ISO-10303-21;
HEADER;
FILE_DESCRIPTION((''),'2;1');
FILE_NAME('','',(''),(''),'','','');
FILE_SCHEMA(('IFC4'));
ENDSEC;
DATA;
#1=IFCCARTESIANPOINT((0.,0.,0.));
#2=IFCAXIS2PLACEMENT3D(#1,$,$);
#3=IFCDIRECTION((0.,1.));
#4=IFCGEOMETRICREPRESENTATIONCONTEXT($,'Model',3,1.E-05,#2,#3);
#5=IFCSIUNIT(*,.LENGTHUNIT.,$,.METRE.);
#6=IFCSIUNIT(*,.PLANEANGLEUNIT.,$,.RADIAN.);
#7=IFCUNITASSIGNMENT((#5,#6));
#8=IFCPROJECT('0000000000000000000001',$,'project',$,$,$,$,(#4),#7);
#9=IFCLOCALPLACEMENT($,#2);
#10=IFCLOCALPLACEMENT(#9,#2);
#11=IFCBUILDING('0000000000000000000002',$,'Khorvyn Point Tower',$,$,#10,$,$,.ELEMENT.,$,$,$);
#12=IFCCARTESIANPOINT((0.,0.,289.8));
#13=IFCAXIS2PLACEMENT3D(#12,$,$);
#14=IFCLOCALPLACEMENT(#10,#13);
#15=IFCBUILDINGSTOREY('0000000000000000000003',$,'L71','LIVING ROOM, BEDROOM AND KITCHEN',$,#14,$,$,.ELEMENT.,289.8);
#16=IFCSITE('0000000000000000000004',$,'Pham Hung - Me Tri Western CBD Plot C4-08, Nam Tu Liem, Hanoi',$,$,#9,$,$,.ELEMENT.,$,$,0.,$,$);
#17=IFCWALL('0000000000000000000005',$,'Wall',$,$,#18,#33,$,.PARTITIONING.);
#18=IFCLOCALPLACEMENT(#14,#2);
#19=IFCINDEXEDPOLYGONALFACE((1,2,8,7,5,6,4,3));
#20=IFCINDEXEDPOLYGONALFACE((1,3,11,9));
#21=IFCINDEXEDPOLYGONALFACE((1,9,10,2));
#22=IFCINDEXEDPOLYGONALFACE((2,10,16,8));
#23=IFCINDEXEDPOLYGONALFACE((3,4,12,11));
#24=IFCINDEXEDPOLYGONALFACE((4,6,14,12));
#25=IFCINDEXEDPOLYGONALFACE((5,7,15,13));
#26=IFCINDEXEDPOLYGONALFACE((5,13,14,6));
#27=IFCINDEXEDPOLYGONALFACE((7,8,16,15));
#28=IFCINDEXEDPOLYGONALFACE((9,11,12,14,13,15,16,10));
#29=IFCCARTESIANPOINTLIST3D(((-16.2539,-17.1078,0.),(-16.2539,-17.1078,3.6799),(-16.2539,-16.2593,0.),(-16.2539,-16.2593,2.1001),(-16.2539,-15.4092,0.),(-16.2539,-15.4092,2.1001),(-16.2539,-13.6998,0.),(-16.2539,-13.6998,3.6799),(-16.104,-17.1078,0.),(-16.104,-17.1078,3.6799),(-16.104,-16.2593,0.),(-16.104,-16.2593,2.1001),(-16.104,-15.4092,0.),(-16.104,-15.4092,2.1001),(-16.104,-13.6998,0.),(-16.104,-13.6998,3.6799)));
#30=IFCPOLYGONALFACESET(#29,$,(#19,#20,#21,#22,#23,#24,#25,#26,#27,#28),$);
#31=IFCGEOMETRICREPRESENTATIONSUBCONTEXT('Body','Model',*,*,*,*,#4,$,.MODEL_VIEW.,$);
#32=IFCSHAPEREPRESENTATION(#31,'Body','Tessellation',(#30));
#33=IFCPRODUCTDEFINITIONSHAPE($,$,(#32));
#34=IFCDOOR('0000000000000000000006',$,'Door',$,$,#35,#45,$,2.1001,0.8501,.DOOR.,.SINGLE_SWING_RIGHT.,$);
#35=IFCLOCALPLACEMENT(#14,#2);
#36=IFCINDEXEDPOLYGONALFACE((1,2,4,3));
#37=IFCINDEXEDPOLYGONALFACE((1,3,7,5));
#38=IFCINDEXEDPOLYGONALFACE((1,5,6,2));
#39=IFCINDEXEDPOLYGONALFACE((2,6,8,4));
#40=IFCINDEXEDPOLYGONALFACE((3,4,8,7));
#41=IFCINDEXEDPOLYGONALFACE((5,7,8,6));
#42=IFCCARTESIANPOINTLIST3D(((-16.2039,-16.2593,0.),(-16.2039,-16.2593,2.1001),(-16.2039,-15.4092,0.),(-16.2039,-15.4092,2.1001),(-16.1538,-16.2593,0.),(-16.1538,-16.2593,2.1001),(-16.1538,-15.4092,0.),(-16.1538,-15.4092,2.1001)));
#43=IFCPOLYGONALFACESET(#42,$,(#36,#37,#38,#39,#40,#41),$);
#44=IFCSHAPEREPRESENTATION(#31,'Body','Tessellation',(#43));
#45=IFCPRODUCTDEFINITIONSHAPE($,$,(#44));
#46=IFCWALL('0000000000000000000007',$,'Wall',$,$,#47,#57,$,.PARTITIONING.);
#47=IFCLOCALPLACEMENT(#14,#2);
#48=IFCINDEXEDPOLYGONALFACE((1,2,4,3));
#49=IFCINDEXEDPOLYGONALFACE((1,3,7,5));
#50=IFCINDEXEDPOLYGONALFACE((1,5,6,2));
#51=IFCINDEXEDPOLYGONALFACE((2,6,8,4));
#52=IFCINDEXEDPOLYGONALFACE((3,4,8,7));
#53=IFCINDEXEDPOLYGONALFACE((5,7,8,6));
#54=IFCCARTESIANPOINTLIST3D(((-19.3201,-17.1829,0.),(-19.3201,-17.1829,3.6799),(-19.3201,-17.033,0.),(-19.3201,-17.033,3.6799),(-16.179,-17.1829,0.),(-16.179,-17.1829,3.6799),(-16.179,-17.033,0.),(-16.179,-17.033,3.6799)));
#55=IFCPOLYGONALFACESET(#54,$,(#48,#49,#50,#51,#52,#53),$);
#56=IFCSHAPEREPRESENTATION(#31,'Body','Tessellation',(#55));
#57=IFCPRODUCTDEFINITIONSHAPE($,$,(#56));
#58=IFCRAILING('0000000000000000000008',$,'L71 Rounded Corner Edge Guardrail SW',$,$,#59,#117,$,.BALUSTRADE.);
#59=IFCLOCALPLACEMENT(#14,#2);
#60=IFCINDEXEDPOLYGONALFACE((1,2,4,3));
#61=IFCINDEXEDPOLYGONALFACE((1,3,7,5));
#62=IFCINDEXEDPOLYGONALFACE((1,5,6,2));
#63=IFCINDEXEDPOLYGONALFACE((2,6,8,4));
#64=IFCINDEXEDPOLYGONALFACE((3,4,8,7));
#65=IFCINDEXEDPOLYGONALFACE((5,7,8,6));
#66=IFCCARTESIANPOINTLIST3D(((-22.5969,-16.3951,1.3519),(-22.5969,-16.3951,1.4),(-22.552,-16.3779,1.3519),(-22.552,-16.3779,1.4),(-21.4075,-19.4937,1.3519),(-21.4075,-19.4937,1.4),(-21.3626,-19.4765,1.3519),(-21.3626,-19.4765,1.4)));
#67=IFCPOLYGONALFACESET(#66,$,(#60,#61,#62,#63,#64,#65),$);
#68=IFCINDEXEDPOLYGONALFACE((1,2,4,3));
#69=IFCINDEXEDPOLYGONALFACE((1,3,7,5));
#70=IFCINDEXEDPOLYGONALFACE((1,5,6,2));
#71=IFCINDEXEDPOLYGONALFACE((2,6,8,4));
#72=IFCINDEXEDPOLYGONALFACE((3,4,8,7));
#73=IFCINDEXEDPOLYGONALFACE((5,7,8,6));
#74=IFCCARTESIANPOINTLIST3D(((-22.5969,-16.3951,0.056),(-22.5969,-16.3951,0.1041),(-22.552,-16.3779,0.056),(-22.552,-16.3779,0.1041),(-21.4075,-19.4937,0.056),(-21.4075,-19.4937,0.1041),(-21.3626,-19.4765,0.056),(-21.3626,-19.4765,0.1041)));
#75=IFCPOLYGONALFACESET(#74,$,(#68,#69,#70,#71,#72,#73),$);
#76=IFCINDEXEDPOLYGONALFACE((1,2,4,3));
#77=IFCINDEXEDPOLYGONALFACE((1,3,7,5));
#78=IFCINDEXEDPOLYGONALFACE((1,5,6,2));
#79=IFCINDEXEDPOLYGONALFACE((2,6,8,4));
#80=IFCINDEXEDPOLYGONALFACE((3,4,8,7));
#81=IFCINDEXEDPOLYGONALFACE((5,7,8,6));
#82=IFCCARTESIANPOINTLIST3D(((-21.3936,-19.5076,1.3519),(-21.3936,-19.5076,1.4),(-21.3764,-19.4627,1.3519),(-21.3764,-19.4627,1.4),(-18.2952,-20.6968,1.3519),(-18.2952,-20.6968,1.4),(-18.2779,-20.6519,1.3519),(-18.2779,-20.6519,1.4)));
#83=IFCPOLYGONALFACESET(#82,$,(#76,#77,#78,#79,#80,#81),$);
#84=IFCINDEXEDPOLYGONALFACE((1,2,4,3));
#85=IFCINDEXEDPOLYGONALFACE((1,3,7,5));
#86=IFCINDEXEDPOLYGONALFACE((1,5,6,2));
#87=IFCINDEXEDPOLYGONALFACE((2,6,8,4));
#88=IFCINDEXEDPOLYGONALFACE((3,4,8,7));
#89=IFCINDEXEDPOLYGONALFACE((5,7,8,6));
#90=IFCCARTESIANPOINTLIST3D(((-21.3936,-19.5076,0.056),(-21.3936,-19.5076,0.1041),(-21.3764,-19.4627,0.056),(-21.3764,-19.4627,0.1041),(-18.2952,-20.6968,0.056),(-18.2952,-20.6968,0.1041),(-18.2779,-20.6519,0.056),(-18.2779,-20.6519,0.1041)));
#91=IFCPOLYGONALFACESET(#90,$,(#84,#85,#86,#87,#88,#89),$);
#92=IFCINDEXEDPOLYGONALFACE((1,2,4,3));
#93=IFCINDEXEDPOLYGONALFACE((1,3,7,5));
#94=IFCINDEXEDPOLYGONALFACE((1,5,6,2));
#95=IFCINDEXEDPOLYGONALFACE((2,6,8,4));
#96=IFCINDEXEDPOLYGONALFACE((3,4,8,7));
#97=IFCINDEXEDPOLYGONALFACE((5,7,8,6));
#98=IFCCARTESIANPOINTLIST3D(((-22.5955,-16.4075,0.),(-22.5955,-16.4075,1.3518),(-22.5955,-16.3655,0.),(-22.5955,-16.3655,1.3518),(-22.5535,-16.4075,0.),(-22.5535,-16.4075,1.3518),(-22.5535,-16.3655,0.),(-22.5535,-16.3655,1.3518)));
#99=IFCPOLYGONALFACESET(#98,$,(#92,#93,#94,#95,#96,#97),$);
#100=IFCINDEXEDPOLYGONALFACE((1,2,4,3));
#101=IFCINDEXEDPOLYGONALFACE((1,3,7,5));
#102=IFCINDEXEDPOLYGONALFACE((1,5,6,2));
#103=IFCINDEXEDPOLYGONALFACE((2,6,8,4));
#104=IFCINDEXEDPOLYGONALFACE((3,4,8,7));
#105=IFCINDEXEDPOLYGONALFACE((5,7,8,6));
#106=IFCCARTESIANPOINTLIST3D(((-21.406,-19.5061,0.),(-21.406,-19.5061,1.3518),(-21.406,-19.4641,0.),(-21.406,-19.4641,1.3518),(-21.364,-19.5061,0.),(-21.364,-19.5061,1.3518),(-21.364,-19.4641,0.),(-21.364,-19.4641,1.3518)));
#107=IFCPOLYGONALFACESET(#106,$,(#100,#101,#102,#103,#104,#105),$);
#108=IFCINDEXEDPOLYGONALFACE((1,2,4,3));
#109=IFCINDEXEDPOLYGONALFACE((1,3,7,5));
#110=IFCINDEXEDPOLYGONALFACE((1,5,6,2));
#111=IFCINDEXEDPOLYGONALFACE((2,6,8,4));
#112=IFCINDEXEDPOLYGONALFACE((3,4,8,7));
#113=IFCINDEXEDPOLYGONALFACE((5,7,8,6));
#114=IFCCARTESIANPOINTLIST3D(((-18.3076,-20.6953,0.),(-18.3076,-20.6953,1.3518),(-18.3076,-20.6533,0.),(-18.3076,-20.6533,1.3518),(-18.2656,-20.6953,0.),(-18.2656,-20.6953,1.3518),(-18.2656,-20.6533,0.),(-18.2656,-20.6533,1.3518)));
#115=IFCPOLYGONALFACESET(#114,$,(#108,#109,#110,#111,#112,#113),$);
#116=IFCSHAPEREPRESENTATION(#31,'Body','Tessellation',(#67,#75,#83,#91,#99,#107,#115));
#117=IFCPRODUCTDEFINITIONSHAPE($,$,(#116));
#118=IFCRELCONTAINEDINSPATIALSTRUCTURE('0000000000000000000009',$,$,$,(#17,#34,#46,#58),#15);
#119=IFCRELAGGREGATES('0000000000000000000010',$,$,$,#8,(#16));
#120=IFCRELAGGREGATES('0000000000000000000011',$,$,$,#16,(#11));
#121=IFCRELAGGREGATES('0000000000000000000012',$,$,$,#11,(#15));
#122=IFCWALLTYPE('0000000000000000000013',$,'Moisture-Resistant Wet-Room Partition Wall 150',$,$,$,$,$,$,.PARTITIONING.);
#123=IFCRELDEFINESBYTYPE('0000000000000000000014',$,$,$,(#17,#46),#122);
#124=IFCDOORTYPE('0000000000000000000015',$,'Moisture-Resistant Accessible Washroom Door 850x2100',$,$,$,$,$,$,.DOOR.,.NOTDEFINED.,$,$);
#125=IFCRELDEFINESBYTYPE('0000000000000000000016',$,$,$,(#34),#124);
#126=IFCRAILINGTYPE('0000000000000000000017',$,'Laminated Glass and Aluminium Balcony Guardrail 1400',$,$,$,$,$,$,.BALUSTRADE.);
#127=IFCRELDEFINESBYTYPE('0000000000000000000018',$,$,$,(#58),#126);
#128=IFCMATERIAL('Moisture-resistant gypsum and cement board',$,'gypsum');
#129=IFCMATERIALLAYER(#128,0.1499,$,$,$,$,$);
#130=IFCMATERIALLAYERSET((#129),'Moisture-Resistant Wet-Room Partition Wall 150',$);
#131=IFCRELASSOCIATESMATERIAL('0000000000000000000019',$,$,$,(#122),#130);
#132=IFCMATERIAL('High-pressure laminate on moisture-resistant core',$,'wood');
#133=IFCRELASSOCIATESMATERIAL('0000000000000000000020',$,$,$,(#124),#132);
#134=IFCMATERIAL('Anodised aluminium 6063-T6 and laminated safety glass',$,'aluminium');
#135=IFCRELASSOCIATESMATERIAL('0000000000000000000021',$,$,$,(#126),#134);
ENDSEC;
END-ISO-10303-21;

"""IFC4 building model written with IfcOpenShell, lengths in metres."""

from ifc_helpers import new_model, si_unit, direction, frame, frame_2d, origin, origin_2d, place, context, subcontext, project, spatial, rectangle, extrude, material, layer, layer_set, type_object, element, fill, save


model = new_model("IFC4")

# Units and contexts
model_context = context("Model", 3, precision=1e-05, world=origin(), true_north=direction((0.0, 1.0)))
body_context = subcontext(model_context, "Body", "Model", "MODEL_VIEW")
ifc_project = project(units=[si_unit("LENGTHUNIT", "METRE"), si_unit("PLANEANGLEUNIT", "RADIAN")], contexts=[model_context])

# Site, building, storey
site_placement = place(None, origin())
site = spatial("IfcSite", under=ifc_project, at=site_placement, Name="Pham Hung - Me Tri Western CBD Plot C4-08, Nam Tu Liem, Hanoi", CompositionType="ELEMENT", RefElevation=0.0)
building_placement = place(site_placement, origin())
building = spatial("IfcBuilding", under=site, at=building_placement, Name="Khorvyn Point Tower", CompositionType="ELEMENT")
storey_placement = place(building_placement, frame((0.0, 0.0, 289.8)))
storey = spatial("IfcBuildingStorey", under=building, at=storey_placement, Name="L71", Description="LIVING ROOM, BEDROOM AND KITCHEN", CompositionType="ELEMENT", Elevation=289.8)

# Wall, opening, door
ifc_material_1 = material(Name="Moisture-resistant gypsum and cement board", Category="gypsum")
ifc_layer_1 = layer(ifc_material_1, 0.1499)
ifc_layer_set_1 = layer_set([ifc_layer_1], Name="Moisture-Resistant Wet-Room Partition Wall 150")
wall_type_1 = type_object("IfcWallType", Name="Moisture-Resistant Wet-Room Partition Wall 150", PredefinedType="PARTITIONING", material=ifc_layer_set_1)
wall_1_placement = place(storey_placement, frame((-16.179, -17.1079, 0.0), z_axis=(0.0, 0.0, 1.0), x_axis=(0.0, 1.0, 0.0)))
wall_1 = element("IfcWall", 1, at=wall_1_placement, inside=storey, type_object=wall_type_1, Name="Wall", PredefinedType="PARTITIONING", context=body_context, shape_type="SweptSolid", body=[
    extrude(rectangle(XDim=3.408, YDim=0.1499, at=frame_2d((1.7041, 0.0))), origin(), (0.0, 0.0, 1.0), 3.6799),
])
opening_1_placement = place(wall_1_placement, frame((0.8486, 0.0, 0.0)))
opening_1 = element("IfcOpeningElement", 2, at=opening_1_placement, cuts=wall_1, PredefinedType="OPENING", context=body_context, shape_type="SweptSolid", body=[
    extrude(rectangle(XDim=0.8501, YDim=2.1001, at=frame_2d((0.425, 1.05))), frame((0.0, 0.085, 0.0), z_axis=(0.0, -1.0, 0.0), x_axis=(1.0, 0.0, 0.0)), (0.0, 0.0, 1.0), 0.1699),
])
ifc_material_2 = material(Name="High-pressure laminate on moisture-resistant core", Category="wood")
door_type_1 = type_object("IfcDoorType", Name="Moisture-Resistant Accessible Washroom Door 850x2100", OperationType="NOTDEFINED", PredefinedType="DOOR", material=ifc_material_2)
door_1_placement = place(opening_1_placement, origin())
door_1 = element("IfcDoor", 3, at=door_1_placement, inside=storey, type_object=door_type_1, Name="Door", OperationType="SINGLE_SWING_RIGHT", OverallHeight=2.1001, OverallWidth=0.8501, PredefinedType="DOOR", context=body_context, shape_type="SweptSolid", body=[
    extrude(rectangle(XDim=0.8501, YDim=2.1001, at=frame_2d((0.425, 1.05))), frame((0.0, 0.0249, 0.0), z_axis=(0.0, -1.0, 0.0), x_axis=(1.0, 0.0, 0.0)), (0.0, 0.0, 1.0), 0.05),
])
fill(opening_1, door_1)

# Wall
wall_2_placement = place(storey_placement, frame((-19.3201, -17.1079, 0.0), z_axis=(0.0, 0.0, 1.0), x_axis=(1.0, 0.0, 0.0)))
element("IfcWall", 4, at=wall_2_placement, inside=storey, type_object=wall_type_1, Name="Wall", PredefinedType="PARTITIONING", context=body_context, shape_type="SweptSolid", body=[
    extrude(rectangle(XDim=3.1411, YDim=0.1499, at=frame_2d((1.5706, 0.0))), origin(), (0.0, 0.0, 1.0), 3.6799),
])

# Railing
ifc_material_3 = material(Name="Anodised aluminium 6063-T6 and laminated safety glass", Category="aluminium")
railing_type = type_object("IfcRailingType", Name="Laminated Glass and Aluminium Balcony Guardrail 1400", PredefinedType="BALUSTRADE", material=ifc_material_3)
railing_1_placement = place(storey_placement, frame((-22.5745, -16.3865, 0.0)))
element("IfcRailing", 5, at=railing_1_placement, inside=storey, type_object=railing_type, Name="L71 Rounded Corner Edge Guardrail SW", PredefinedType="BALUSTRADE", context=body_context, shape_type="SweptSolid", body=[
    extrude(rectangle(XDim=0.0481, YDim=0.0481, at=origin_2d()), frame((0.0, 0.0, 1.376), z_axis=(0.358368, -0.93358, 0.0), x_axis=(0.93358, 0.358368, 0.0)), (0.0, 0.0, 1.0), 3.3191),
    extrude(rectangle(XDim=0.0481, YDim=0.0481, at=origin_2d()), frame((0.0, 0.0, 0.0801), z_axis=(0.358368, -0.93358, 0.0), x_axis=(0.93358, 0.358368, 0.0)), (0.0, 0.0, 1.0), 3.3191),
    extrude(rectangle(XDim=0.0481, YDim=0.0481, at=origin_2d()), frame((1.1895, -3.0986, 1.376), z_axis=(0.933596, -0.358328, 0.0), x_axis=(0.358328, 0.933596, 0.0)), (0.0, 0.0, 1.0), 3.3188),
    extrude(rectangle(XDim=0.0481, YDim=0.0481, at=origin_2d()), frame((1.1895, -3.0986, 0.0801), z_axis=(0.933596, -0.358328, 0.0), x_axis=(0.358328, 0.933596, 0.0)), (0.0, 0.0, 1.0), 3.3188),
    extrude(rectangle(XDim=0.042, YDim=0.042, at=origin_2d()), origin(), (0.0, 0.0, 1.0), 1.3518),
    extrude(rectangle(XDim=0.042, YDim=0.042, at=origin_2d()), frame((1.1895, -3.0986, 0.0)), (0.0, 0.0, 1.0), 1.3518),
    extrude(rectangle(XDim=0.042, YDim=0.042, at=origin_2d()), frame((4.2878, -4.2878, 0.0)), (0.0, 0.0, 1.0), 1.3518),
])

save(model, "model.ifc")
